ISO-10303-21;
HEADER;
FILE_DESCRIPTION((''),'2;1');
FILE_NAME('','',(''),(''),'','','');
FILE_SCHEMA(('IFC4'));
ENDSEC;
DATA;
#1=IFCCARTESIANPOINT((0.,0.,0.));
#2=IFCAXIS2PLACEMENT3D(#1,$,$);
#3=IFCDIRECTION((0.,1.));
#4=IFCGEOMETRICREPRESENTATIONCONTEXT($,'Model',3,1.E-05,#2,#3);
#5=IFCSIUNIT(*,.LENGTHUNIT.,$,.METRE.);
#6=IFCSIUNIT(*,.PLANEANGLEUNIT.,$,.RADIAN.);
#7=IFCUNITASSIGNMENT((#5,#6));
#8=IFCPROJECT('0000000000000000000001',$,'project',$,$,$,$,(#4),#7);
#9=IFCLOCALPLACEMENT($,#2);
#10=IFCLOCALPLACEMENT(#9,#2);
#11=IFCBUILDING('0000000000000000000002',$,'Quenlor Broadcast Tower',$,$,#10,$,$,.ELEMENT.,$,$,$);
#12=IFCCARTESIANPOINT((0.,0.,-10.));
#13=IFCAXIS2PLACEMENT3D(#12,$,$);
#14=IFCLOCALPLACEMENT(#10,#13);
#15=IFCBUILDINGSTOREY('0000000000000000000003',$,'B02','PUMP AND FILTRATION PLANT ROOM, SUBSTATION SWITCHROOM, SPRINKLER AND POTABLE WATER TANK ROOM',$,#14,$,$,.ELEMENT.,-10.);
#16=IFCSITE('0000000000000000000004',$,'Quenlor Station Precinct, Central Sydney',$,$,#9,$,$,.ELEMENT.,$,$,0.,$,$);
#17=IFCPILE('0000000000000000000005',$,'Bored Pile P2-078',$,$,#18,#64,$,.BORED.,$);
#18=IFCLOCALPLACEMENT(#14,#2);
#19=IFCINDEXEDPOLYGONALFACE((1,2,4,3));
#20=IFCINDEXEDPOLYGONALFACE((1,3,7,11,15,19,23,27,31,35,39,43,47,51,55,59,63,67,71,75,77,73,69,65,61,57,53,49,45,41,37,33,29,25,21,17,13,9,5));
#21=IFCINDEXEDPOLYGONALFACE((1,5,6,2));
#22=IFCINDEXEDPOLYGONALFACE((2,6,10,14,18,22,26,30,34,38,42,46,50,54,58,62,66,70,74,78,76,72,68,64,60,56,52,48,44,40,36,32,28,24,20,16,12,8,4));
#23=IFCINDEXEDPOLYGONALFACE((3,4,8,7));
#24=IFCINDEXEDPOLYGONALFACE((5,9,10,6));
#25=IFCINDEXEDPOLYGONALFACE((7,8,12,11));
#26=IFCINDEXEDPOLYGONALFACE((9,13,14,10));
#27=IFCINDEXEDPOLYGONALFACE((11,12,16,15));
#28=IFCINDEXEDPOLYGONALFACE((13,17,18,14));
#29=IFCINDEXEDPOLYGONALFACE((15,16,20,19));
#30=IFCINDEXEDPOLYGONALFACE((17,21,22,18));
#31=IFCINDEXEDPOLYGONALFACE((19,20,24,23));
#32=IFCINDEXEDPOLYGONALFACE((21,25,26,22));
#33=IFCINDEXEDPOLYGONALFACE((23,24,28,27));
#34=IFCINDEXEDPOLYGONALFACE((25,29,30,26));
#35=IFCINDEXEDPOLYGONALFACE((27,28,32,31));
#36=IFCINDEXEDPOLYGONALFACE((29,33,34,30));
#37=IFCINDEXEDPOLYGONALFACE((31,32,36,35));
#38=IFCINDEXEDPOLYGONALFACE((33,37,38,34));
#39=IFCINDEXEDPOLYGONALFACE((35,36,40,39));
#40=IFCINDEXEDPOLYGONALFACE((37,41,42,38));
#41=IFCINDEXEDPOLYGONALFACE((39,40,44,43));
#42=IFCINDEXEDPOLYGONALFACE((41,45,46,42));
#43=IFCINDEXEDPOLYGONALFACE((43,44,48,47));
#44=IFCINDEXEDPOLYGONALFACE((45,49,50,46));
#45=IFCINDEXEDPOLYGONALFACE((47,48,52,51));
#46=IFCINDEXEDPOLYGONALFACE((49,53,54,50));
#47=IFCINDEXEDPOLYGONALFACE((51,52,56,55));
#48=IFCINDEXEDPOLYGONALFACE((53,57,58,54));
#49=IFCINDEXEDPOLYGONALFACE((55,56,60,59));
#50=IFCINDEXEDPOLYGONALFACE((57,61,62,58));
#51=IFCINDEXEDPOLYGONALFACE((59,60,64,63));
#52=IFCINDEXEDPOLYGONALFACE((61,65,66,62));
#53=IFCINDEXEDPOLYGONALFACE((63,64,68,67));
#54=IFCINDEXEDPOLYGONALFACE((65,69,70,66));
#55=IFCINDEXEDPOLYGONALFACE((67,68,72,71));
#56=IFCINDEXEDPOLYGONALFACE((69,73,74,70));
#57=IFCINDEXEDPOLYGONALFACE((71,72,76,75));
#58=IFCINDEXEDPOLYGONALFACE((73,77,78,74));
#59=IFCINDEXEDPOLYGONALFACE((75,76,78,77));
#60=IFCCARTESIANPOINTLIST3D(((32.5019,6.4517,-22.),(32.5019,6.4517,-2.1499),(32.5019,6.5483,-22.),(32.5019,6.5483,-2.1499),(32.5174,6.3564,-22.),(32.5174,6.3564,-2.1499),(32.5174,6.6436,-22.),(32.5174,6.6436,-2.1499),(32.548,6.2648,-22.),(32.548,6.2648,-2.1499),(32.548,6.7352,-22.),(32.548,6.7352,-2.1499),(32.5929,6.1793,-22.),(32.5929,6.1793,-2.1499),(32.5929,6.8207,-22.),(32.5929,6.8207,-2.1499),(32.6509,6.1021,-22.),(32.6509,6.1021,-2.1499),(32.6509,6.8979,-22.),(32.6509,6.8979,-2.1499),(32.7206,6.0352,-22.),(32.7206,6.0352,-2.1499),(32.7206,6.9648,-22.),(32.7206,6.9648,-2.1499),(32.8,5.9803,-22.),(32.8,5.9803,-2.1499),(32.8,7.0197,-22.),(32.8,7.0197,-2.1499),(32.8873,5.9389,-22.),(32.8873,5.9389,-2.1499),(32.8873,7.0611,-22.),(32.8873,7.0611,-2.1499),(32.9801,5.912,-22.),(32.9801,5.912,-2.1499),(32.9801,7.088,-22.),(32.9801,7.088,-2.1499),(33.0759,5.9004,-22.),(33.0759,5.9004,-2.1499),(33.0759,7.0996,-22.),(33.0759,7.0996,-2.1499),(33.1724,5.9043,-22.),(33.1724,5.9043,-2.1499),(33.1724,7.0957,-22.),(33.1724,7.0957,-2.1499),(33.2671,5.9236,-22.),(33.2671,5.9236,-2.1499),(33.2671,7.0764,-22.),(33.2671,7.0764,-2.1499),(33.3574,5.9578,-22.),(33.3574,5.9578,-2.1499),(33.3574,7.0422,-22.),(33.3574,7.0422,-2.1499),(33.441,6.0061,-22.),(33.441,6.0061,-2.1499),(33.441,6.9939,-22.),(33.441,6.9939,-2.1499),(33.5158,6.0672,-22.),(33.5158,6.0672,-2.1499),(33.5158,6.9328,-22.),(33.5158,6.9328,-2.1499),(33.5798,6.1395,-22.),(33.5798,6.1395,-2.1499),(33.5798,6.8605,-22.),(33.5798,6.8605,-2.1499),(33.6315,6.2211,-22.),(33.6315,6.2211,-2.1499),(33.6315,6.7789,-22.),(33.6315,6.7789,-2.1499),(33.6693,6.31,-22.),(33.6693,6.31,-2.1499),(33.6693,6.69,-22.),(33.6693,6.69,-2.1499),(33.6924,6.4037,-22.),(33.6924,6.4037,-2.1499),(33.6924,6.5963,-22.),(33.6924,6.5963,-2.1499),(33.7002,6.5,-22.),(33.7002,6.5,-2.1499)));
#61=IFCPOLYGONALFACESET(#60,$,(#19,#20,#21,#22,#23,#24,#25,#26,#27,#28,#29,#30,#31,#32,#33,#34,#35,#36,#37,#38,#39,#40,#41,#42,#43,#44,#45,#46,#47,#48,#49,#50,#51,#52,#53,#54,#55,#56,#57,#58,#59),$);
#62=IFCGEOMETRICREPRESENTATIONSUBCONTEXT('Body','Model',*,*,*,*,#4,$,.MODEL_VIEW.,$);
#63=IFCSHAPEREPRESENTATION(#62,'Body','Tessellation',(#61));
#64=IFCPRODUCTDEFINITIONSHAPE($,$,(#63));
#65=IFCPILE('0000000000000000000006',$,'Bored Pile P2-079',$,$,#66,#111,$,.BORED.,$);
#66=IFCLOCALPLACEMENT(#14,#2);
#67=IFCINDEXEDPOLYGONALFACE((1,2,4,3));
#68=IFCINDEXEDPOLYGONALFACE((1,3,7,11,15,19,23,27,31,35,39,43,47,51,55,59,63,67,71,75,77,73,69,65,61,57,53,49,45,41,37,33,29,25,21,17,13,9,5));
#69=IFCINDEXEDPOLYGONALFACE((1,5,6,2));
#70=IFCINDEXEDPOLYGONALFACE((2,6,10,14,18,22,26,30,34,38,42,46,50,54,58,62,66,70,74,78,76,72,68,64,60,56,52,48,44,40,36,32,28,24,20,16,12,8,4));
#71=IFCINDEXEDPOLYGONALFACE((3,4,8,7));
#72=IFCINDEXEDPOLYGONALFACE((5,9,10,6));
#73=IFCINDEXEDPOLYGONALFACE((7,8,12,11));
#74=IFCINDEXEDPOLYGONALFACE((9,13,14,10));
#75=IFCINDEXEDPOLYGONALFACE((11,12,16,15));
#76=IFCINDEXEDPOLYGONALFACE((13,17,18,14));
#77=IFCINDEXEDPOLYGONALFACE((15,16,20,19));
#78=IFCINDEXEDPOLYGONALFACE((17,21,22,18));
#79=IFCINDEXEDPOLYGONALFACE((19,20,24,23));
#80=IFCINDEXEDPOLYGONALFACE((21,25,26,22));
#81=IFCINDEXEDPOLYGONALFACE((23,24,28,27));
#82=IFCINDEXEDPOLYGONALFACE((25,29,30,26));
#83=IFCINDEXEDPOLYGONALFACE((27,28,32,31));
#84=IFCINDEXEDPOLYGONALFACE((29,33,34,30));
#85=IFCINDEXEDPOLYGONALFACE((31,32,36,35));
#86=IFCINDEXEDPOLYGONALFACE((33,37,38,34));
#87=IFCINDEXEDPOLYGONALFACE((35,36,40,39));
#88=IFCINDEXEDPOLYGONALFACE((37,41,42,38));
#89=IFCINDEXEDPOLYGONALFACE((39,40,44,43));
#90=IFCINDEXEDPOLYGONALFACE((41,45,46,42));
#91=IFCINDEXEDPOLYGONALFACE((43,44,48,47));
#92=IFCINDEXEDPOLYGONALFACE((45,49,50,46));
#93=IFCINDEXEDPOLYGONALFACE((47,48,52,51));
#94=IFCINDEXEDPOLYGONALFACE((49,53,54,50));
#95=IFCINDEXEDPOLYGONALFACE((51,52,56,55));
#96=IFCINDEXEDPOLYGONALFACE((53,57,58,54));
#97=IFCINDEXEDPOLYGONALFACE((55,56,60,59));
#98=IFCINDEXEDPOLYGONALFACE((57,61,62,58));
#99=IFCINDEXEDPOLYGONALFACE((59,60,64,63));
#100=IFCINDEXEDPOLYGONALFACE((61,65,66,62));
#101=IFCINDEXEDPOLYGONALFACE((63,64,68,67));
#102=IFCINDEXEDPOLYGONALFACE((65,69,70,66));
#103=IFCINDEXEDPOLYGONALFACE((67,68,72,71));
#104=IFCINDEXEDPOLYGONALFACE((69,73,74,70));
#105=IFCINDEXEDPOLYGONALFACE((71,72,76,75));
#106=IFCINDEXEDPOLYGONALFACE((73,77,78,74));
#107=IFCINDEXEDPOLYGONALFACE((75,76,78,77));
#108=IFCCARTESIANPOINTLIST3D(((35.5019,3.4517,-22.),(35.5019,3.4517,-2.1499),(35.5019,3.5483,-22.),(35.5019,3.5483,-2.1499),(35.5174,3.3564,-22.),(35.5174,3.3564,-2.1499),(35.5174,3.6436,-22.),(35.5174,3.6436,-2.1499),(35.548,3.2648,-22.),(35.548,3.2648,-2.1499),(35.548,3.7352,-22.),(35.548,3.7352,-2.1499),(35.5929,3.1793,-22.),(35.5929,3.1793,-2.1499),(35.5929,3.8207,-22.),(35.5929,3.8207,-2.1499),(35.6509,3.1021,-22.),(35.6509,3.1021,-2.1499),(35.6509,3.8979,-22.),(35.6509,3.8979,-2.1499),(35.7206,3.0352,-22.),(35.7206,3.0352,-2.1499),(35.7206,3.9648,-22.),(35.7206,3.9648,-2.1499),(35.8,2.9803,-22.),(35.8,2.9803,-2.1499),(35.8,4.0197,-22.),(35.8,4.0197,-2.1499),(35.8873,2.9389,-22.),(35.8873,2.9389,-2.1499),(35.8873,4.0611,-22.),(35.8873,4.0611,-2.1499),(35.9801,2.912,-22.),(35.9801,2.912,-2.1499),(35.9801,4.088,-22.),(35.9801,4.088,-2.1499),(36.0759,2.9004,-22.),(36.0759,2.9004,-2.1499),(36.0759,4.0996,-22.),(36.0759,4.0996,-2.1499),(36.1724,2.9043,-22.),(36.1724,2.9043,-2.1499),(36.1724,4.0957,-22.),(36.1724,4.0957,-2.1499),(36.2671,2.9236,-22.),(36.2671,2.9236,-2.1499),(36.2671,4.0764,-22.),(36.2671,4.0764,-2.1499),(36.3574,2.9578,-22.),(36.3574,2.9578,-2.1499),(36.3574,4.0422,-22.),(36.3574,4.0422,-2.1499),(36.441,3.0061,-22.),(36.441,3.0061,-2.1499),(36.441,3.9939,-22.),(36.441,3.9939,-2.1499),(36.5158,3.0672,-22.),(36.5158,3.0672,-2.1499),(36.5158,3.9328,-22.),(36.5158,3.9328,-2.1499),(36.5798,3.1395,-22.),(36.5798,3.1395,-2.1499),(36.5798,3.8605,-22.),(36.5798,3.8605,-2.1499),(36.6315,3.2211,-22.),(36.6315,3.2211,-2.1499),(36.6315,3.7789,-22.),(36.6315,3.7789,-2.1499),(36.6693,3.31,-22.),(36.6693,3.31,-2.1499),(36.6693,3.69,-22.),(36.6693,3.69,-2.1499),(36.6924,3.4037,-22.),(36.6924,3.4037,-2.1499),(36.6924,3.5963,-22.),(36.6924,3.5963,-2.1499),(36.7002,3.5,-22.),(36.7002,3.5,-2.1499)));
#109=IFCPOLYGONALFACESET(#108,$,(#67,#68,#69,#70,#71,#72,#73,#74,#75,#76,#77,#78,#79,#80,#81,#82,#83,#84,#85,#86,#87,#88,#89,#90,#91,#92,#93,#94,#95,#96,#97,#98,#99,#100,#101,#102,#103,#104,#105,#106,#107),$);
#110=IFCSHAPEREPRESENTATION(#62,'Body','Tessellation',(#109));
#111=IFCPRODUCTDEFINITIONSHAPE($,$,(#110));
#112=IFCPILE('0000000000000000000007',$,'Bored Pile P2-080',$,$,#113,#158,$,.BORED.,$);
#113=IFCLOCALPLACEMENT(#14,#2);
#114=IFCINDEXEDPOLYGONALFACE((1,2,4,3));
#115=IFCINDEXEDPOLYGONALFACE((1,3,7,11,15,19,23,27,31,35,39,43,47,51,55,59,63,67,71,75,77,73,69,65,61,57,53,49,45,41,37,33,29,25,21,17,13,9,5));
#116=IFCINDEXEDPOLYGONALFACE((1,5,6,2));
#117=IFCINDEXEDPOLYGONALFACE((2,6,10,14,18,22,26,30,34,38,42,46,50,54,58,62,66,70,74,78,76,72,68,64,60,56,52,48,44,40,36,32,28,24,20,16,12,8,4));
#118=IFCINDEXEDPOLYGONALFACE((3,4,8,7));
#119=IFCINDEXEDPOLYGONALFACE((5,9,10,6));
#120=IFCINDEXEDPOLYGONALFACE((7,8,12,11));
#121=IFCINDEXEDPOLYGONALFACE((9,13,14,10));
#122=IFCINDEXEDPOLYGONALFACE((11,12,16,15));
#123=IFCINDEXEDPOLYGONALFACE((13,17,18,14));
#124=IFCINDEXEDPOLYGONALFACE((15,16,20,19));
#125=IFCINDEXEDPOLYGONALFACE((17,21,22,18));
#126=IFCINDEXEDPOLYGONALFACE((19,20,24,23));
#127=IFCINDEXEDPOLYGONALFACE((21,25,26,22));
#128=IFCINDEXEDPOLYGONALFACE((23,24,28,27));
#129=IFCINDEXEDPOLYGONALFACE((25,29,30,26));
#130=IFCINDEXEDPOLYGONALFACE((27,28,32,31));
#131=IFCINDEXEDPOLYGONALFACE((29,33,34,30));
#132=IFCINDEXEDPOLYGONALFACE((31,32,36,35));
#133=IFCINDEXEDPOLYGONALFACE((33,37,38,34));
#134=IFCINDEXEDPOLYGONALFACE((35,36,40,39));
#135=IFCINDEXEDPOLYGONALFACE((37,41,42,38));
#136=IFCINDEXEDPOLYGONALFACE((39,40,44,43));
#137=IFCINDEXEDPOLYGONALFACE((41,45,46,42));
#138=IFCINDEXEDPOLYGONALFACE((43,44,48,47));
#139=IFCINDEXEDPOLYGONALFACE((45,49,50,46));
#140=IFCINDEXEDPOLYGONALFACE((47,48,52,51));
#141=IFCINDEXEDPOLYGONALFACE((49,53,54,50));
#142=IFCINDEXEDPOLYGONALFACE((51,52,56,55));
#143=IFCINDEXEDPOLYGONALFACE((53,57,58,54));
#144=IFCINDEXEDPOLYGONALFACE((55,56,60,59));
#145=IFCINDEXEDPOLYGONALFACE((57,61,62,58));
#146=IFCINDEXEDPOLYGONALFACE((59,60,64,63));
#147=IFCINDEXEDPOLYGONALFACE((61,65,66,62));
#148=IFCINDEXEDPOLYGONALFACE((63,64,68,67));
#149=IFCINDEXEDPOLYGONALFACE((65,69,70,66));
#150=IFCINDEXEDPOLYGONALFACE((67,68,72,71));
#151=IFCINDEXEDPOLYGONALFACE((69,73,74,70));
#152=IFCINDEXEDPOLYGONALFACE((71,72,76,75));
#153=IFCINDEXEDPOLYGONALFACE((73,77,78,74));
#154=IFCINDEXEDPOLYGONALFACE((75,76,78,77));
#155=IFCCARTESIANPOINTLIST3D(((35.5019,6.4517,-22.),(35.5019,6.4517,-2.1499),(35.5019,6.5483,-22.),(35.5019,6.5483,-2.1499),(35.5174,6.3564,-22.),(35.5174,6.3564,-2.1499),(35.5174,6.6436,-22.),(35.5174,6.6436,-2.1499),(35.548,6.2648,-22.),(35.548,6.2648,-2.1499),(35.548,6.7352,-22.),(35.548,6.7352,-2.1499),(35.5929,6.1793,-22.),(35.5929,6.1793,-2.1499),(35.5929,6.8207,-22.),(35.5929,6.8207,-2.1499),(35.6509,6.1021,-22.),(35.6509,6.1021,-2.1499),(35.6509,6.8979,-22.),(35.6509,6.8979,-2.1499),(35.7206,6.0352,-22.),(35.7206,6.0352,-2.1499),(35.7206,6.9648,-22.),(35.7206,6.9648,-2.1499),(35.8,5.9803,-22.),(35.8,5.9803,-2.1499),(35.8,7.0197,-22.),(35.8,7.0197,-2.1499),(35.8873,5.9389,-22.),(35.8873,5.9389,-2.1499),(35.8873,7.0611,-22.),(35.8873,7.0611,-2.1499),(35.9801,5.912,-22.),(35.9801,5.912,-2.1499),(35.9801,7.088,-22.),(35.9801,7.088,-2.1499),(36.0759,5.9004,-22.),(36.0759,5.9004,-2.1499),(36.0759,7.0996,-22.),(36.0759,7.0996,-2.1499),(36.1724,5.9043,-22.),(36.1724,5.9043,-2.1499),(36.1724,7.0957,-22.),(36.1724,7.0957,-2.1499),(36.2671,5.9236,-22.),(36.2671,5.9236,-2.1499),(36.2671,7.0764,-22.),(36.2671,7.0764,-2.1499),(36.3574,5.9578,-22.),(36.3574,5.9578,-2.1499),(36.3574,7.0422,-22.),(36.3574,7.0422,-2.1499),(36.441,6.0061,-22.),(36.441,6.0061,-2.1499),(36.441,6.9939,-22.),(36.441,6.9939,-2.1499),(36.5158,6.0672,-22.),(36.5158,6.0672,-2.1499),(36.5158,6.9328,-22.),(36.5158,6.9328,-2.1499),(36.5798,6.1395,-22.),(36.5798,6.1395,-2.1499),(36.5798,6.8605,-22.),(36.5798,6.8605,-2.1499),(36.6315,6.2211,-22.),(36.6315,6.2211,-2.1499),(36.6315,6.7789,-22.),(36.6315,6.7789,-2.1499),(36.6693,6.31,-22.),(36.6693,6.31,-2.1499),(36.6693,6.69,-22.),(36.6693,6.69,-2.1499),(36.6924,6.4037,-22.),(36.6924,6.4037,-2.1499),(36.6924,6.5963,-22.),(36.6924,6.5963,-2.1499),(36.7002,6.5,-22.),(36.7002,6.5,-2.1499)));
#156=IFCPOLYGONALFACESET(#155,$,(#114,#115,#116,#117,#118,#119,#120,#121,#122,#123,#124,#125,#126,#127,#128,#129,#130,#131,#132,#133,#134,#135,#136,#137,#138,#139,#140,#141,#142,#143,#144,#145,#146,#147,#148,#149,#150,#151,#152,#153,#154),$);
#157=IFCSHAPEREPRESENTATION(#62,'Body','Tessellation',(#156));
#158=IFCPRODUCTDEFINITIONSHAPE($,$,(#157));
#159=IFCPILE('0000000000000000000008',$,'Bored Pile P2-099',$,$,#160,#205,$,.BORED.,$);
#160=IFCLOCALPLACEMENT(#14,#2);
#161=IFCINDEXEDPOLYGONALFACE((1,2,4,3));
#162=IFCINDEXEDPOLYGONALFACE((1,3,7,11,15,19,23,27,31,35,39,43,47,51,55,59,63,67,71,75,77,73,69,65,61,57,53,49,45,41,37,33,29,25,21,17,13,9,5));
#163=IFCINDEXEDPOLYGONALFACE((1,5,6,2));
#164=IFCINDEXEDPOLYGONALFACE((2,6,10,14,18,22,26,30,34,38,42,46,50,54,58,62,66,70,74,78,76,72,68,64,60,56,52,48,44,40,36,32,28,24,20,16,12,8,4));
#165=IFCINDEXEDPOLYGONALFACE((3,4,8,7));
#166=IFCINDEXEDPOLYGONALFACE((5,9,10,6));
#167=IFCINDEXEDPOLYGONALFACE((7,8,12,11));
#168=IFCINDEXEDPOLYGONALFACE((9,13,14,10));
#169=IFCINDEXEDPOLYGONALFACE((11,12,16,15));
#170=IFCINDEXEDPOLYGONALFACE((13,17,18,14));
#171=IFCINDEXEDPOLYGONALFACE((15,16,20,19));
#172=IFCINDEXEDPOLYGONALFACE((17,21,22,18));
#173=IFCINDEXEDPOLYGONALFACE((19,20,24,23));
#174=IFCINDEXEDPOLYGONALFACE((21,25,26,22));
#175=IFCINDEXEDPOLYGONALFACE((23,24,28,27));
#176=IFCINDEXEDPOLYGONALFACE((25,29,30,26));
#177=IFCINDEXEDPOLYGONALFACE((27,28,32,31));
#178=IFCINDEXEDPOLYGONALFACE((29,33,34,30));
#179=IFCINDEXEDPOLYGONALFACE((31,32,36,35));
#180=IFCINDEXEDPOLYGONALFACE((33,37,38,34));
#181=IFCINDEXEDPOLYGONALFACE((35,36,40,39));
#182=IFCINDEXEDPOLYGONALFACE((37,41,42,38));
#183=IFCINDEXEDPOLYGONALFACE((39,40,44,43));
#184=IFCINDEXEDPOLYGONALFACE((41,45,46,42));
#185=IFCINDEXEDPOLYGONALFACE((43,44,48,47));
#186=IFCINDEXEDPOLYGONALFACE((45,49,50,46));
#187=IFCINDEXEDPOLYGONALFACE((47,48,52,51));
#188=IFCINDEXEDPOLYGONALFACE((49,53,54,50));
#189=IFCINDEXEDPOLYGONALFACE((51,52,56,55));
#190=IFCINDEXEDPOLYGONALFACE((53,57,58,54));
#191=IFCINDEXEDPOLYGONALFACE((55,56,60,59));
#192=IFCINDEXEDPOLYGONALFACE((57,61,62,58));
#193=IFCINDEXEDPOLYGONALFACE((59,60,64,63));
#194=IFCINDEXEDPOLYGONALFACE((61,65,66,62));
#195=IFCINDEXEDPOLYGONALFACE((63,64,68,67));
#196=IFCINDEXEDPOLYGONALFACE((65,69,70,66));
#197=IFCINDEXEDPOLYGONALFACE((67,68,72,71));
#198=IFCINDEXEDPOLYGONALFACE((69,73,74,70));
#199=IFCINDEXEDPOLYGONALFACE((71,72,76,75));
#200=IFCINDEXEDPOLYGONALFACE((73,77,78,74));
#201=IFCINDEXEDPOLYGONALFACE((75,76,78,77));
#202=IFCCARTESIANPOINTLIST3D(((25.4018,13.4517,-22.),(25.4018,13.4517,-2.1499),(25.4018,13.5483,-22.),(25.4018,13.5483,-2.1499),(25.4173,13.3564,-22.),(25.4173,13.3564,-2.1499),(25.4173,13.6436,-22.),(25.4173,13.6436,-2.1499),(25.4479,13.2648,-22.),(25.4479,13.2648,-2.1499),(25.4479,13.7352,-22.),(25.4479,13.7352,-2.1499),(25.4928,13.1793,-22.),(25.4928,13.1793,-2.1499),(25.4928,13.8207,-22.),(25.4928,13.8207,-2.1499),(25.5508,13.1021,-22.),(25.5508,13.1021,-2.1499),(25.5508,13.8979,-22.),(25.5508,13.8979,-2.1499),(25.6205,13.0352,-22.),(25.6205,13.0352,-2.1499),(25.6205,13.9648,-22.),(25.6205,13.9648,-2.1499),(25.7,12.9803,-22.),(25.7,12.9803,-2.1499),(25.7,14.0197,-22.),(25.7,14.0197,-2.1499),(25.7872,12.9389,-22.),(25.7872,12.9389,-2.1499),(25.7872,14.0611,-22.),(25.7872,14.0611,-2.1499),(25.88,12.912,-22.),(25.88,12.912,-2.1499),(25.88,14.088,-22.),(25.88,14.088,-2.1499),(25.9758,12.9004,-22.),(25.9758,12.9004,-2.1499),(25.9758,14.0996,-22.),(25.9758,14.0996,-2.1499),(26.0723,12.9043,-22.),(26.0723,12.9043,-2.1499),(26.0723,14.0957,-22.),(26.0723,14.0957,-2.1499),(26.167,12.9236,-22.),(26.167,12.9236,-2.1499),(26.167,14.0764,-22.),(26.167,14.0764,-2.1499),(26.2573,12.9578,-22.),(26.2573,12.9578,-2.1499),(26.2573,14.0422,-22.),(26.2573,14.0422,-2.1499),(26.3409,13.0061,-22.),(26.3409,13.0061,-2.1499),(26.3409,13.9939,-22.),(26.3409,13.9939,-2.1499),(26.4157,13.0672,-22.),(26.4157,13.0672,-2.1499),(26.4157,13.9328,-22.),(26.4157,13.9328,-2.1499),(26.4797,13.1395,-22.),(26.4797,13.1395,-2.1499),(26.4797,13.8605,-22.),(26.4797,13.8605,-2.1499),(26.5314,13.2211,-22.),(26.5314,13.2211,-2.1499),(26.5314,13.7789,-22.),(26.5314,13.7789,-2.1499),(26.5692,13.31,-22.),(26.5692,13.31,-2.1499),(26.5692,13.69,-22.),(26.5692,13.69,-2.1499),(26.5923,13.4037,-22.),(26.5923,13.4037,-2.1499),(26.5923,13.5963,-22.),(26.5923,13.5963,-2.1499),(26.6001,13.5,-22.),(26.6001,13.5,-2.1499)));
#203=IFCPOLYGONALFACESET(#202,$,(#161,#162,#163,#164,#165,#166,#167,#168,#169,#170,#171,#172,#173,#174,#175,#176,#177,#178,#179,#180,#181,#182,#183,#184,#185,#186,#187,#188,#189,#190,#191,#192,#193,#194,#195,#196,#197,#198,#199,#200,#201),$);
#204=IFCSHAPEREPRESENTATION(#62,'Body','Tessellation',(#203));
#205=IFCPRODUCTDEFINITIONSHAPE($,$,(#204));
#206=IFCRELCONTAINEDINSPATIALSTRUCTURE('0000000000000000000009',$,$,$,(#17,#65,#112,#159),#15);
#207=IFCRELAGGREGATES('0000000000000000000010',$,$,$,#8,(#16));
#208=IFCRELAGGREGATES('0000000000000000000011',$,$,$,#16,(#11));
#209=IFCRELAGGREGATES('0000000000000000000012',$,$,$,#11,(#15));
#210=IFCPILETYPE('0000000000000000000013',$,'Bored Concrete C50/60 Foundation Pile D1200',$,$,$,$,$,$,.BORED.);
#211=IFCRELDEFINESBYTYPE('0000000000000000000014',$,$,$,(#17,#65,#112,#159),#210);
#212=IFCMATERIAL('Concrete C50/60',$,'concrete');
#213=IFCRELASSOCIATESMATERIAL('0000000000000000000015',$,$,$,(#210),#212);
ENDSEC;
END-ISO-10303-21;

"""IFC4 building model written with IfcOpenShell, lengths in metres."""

from ifc_helpers import new_model, si_unit, direction, frame, origin, origin_2d, place, context, subcontext, project, spatial, circle, extrude, material, material_profile, profile_set, type_object, element, save


model = new_model("IFC4")

# Units and contexts
model_context = context("Model", 3, precision=1e-05, world=origin(), true_north=direction((0.0, 1.0)))
body_context = subcontext(model_context, "Body", "Model", "MODEL_VIEW")
ifc_project = project(units=[si_unit("LENGTHUNIT", "METRE"), si_unit("PLANEANGLEUNIT", "RADIAN")], contexts=[model_context])

# Site, building, storey
site_placement = place(None, origin())
site = spatial("IfcSite", under=ifc_project, at=site_placement, Name="Quenlor Station Precinct, Central Sydney", CompositionType="ELEMENT", RefElevation=0.0)
building_placement = place(site_placement, origin())
building = spatial("IfcBuilding", under=site, at=building_placement, Name="Quenlor Broadcast Tower", CompositionType="ELEMENT")
storey_placement = place(building_placement, frame((0.0, 0.0, -10.0)))
storey = spatial("IfcBuildingStorey", under=building, at=storey_placement, Name="B02", Description="PUMP AND FILTRATION PLANT ROOM, SUBSTATION SWITCHROOM, SPRINKLER AND POTABLE WATER TANK ROOM", CompositionType="ELEMENT", Elevation=-10.0)

# Piles
ifc_material_1 = material(Name="Concrete C50/60", Category="concrete")
ifc_material_profile_1 = material_profile(ifc_material_1, circle(Radius=0.6001, at=origin_2d()))
ifc_profile_set_1 = profile_set([ifc_material_profile_1], Name="Concrete C50/60 PILE1200")
pile_type = type_object("IfcPileType", Name="Bored Concrete C50/60 Foundation Pile D1200", PredefinedType="BORED", material=ifc_profile_set_1)
for number, where, z_axis, x_axis, name in (
    (1, (33.1001, 6.5, -2.1499), (0.0, 0.0, -1.0), (1.0, 0.0, 0.0), "Bored Pile P2-078"),
    (2, (36.1001, 3.5, -2.1499), (0.0, 0.0, -1.0), (1.0, 0.0, 0.0), "Bored Pile P2-079"),
    (3, (36.1001, 6.5, -2.1499), (0.0, 0.0, -1.0), (1.0, 0.0, 0.0), "Bored Pile P2-080"),
    (4, (26.0, 13.5, -2.1499), (0.0, 0.0, -1.0), (1.0, 0.0, 0.0), "Bored Pile P2-099"),
):
    element("IfcPile", number, at=place(storey_placement, frame(where, z_axis=z_axis, x_axis=x_axis)), inside=storey, type_object=pile_type, Name=name, PredefinedType="BORED", context=body_context, shape_type="SweptSolid", body=[
        extrude(circle(Radius=0.6001, at=origin_2d()), origin(), (0.0, 0.0, 1.0), 19.8501),
    ])

save(model, "model.ifc")
